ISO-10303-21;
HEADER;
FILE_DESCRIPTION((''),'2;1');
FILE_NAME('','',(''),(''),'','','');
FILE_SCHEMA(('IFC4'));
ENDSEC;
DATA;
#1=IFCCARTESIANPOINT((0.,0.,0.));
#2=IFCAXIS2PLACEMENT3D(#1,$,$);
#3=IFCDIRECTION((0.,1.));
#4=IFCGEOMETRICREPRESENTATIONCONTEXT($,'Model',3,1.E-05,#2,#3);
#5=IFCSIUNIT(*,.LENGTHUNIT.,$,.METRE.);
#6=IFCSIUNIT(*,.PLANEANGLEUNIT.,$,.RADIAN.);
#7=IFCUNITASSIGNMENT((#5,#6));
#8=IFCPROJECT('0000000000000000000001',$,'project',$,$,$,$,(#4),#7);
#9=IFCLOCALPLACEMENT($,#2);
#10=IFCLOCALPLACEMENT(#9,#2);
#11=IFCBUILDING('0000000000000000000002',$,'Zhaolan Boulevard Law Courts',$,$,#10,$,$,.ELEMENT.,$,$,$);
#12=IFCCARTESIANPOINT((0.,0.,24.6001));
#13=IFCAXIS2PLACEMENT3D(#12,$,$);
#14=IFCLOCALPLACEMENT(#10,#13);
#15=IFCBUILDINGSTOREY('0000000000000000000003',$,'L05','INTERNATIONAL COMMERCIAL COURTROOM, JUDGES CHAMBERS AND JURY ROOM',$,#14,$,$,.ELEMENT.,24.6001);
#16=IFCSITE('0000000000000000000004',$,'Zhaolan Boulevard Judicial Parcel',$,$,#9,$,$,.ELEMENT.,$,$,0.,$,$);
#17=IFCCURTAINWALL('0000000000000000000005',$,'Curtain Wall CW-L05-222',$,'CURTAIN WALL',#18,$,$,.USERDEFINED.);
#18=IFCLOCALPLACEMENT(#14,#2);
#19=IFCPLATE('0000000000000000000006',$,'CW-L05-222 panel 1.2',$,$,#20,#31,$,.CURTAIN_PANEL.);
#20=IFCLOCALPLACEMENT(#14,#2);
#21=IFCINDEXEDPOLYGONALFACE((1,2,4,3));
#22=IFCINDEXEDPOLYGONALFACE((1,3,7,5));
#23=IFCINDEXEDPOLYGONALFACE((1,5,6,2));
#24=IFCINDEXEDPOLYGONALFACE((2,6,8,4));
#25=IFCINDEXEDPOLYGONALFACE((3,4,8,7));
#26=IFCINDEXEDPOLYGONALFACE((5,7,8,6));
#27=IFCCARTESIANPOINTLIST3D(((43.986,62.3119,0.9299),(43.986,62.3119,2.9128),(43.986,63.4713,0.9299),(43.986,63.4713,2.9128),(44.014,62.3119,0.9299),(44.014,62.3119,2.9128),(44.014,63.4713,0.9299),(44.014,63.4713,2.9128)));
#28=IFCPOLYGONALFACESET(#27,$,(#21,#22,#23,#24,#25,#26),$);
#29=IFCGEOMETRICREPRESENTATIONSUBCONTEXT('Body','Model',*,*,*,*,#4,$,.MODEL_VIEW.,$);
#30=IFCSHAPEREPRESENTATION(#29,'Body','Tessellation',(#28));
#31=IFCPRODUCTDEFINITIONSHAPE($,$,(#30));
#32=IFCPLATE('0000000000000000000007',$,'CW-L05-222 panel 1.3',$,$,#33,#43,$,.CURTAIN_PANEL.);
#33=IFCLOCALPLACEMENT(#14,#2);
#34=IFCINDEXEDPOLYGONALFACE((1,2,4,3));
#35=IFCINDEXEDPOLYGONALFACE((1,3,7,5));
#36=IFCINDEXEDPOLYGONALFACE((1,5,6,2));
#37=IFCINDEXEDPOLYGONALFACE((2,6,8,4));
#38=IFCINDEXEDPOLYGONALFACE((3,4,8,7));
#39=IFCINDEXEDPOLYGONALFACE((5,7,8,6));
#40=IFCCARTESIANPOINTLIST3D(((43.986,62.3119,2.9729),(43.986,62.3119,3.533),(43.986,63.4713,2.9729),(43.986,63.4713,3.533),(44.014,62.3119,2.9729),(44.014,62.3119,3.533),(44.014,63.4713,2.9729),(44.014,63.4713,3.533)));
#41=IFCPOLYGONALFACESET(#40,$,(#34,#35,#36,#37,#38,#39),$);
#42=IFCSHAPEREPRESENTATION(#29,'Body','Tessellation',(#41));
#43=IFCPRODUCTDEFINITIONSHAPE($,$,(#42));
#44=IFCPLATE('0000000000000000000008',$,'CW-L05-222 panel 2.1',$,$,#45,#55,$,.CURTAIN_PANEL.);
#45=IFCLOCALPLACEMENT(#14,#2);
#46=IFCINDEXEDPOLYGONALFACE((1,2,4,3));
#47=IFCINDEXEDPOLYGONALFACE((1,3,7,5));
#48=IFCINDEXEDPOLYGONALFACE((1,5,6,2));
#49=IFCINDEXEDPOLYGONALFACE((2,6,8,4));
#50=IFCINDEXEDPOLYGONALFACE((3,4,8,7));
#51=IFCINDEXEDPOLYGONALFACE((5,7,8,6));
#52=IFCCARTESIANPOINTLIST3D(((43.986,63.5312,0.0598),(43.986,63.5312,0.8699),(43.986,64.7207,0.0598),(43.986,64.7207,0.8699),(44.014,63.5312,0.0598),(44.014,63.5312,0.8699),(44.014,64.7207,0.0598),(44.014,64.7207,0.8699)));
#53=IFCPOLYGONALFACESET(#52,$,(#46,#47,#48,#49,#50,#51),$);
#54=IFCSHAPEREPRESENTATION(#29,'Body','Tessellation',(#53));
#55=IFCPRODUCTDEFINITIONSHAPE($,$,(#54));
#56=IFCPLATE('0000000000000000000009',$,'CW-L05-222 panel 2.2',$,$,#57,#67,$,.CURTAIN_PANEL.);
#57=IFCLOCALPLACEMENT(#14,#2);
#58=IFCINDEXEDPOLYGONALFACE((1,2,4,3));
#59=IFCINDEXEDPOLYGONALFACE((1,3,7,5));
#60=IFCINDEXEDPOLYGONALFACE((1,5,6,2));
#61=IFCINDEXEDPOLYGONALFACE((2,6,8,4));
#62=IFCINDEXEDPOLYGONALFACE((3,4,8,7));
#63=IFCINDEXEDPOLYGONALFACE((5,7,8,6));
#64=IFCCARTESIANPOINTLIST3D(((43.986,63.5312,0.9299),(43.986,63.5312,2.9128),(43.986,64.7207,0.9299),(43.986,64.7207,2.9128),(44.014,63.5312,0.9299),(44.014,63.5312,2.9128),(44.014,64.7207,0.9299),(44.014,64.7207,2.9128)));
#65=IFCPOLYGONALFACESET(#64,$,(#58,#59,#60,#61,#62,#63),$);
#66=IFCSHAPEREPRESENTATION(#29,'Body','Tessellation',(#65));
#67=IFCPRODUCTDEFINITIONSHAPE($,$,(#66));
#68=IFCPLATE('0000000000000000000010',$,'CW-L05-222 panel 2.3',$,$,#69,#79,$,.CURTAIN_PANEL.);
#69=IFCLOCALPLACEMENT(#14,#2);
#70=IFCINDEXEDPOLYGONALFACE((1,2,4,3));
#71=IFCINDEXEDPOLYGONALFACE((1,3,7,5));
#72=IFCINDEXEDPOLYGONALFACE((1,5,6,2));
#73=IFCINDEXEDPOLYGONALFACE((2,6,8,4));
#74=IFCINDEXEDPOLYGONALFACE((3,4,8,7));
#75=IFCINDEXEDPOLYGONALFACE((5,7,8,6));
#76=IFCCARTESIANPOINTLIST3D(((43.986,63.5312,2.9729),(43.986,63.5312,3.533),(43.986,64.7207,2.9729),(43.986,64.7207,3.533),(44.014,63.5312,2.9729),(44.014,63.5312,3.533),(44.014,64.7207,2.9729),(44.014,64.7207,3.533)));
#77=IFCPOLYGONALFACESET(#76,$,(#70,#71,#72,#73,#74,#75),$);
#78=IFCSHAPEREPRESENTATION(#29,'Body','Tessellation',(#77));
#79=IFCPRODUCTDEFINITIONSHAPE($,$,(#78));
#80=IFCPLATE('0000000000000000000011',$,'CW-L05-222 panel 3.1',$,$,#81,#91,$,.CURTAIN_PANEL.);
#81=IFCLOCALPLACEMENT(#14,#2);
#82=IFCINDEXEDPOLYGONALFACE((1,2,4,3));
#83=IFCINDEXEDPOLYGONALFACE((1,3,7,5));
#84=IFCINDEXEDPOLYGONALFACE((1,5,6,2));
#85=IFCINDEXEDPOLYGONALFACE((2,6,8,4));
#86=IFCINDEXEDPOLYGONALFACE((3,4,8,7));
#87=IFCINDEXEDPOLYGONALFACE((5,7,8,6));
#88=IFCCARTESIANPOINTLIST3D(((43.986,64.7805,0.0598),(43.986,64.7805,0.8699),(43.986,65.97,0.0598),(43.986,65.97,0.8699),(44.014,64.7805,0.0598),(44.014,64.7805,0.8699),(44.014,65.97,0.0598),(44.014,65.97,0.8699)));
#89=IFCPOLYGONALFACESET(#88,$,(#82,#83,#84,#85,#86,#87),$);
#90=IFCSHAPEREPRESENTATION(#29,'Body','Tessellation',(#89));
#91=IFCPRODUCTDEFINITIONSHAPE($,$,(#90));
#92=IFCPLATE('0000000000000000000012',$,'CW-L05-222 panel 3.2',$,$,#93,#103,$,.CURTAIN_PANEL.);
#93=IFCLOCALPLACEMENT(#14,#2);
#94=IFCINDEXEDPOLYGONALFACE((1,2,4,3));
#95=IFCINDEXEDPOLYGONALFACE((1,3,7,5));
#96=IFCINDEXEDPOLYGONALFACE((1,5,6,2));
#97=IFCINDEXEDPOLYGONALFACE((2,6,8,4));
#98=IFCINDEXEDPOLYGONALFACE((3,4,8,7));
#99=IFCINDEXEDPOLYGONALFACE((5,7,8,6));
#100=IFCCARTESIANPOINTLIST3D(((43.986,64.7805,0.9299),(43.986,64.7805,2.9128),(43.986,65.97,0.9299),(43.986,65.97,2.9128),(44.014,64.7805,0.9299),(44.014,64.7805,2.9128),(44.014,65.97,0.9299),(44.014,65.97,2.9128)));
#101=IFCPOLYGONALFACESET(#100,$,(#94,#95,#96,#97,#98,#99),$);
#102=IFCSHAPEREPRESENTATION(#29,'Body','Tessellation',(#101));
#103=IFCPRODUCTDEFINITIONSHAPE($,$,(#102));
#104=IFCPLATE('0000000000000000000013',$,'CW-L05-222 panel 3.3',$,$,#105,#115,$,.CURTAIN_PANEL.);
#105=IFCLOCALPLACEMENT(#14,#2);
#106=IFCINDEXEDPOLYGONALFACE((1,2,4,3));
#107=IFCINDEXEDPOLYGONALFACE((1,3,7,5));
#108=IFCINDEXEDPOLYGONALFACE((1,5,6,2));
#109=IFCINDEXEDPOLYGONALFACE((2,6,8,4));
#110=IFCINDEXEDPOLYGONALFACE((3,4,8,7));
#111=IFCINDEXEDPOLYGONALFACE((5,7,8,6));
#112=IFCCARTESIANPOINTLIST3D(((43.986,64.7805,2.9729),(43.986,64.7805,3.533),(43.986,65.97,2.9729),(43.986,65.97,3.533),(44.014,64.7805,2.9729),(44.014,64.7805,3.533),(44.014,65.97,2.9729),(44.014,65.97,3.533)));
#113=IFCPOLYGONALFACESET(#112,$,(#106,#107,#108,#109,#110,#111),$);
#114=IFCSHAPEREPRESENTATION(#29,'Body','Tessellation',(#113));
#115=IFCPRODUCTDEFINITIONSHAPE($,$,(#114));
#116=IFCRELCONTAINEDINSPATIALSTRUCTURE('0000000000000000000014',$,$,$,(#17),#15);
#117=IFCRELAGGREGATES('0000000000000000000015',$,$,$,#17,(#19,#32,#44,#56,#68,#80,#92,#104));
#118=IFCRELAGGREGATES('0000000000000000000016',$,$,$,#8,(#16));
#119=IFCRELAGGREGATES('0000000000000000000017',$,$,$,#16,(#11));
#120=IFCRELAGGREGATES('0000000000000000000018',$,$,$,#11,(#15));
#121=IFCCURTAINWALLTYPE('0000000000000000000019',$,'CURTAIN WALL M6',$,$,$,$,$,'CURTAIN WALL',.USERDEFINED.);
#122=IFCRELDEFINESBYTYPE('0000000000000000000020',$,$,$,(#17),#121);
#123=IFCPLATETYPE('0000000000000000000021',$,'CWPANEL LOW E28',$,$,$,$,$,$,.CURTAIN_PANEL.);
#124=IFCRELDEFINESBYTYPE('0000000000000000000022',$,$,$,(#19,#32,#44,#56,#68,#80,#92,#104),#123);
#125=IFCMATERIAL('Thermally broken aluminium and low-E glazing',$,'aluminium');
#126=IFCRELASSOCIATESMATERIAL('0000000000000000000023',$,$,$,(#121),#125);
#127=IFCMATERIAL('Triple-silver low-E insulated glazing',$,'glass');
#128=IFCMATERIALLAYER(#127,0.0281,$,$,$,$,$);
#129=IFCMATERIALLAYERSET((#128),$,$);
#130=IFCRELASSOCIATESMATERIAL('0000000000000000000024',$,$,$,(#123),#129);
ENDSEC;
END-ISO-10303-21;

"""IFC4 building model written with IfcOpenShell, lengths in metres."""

from ifc_helpers import new_model, si_unit, direction, frame, origin, origin_2d, place, context, subcontext, project, spatial, rectangle, extrude, material, layer, layer_set, type_object, element, aggregate, save


model = new_model("IFC4")

# Units and contexts
model_context = context("Model", 3, precision=1e-05, world=origin(), true_north=direction((0.0, 1.0)))
body_context = subcontext(model_context, "Body", "Model", "MODEL_VIEW")
ifc_project = project(units=[si_unit("LENGTHUNIT", "METRE"), si_unit("PLANEANGLEUNIT", "RADIAN")], contexts=[model_context])

# Site, building, storey
site_placement = place(None, origin())
site = spatial("IfcSite", under=ifc_project, at=site_placement, Name="Zhaolan Boulevard Judicial Parcel", CompositionType="ELEMENT", RefElevation=0.0)
building_placement = place(site_placement, origin())
building = spatial("IfcBuilding", under=site, at=building_placement, Name="Zhaolan Boulevard Law Courts", CompositionType="ELEMENT")
storey_placement = place(building_placement, frame((0.0, 0.0, 24.6001)))
storey = spatial("IfcBuildingStorey", under=building, at=storey_placement, Name="L05", Description="INTERNATIONAL COMMERCIAL COURTROOM, JUDGES CHAMBERS AND JURY ROOM", CompositionType="ELEMENT", Elevation=24.6001)

# Curtain wall, plates
ifc_material_1 = material(Name="Thermally broken aluminium and low-E glazing", Category="aluminium")
curtain_wall_type = type_object("IfcCurtainWallType", Name="CURTAIN WALL M6", ElementType="CURTAIN WALL", PredefinedType="USERDEFINED", material=ifc_material_1)
curtain_wall_placement = place(storey_placement, origin())
curtain_wall = element("IfcCurtainWall", 1, at=curtain_wall_placement, inside=storey, type_object=curtain_wall_type, Name="Curtain Wall CW-L05-222", ObjectType="CURTAIN WALL", PredefinedType="USERDEFINED")
ifc_material_2 = material(Name="Triple-silver low-E insulated glazing", Category="glass")
ifc_layer = layer(ifc_material_2, 0.0281)
ifc_layer_set = layer_set([ifc_layer])
plate_type = type_object("IfcPlateType", Name="CWPANEL LOW E28", PredefinedType="CURTAIN_PANEL", material=ifc_layer_set)
plate_1_placement = place(storey_placement, frame((44.0, 62.8916, 0.9299), z_axis=(0.0, 0.0, 1.0), x_axis=(0.0, 1.0, 0.0)))
plate_1 = element("IfcPlate", 2, at=plate_1_placement, type_object=plate_type, Name="CW-L05-222 panel 1.2", PredefinedType="CURTAIN_PANEL", context=body_context, shape_type="SweptSolid", body=[
    extrude(rectangle(XDim=1.1594, YDim=0.0281, at=origin_2d()), origin(), (0.0, 0.0, 1.0), 1.9829),
])
plate_2_placement = place(storey_placement, frame((44.0, 62.8916, 2.9729), z_axis=(0.0, 0.0, 1.0), x_axis=(0.0, 1.0, 0.0)))
plate_2 = element("IfcPlate", 3, at=plate_2_placement, type_object=plate_type, Name="CW-L05-222 panel 1.3", PredefinedType="CURTAIN_PANEL", context=body_context, shape_type="SweptSolid", body=[
    extrude(rectangle(XDim=1.1594, YDim=0.0281, at=origin_2d()), origin(), (0.0, 0.0, 1.0), 0.5601),
])
plate_3_placement = place(storey_placement, frame((44.0, 64.126, 0.0598), z_axis=(0.0, 0.0, 1.0), x_axis=(0.0, 1.0, 0.0)))
plate_3 = element("IfcPlate", 4, at=plate_3_placement, type_object=plate_type, Name="CW-L05-222 panel 2.1", PredefinedType="CURTAIN_PANEL", context=body_context, shape_type="SweptSolid", body=[
    extrude(rectangle(XDim=1.1895, YDim=0.0281, at=origin_2d()), origin(), (0.0, 0.0, 1.0), 0.8101),
])
plate_4_placement = place(storey_placement, frame((44.0, 64.126, 0.9299), z_axis=(0.0, 0.0, 1.0), x_axis=(0.0, 1.0, 0.0)))
plate_4 = element("IfcPlate", 5, at=plate_4_placement, type_object=plate_type, Name="CW-L05-222 panel 2.2", PredefinedType="CURTAIN_PANEL", context=body_context, shape_type="SweptSolid", body=[
    extrude(rectangle(XDim=1.1895, YDim=0.0281, at=origin_2d()), origin(), (0.0, 0.0, 1.0), 1.9829),
])
plate_5_placement = place(storey_placement, frame((44.0, 64.126, 2.9729), z_axis=(0.0, 0.0, 1.0), x_axis=(0.0, 1.0, 0.0)))
plate_5 = element("IfcPlate", 6, at=plate_5_placement, type_object=plate_type, Name="CW-L05-222 panel 2.3", PredefinedType="CURTAIN_PANEL", context=body_context, shape_type="SweptSolid", body=[
    extrude(rectangle(XDim=1.1895, YDim=0.0281, at=origin_2d()), origin(), (0.0, 0.0, 1.0), 0.5601),
])
plate_6_placement = place(storey_placement, frame((44.0, 65.3752, 0.0598), z_axis=(0.0, 0.0, 1.0), x_axis=(0.0, 1.0, 0.0)))
plate_6 = element("IfcPlate", 7, at=plate_6_placement, type_object=plate_type, Name="CW-L05-222 panel 3.1", PredefinedType="CURTAIN_PANEL", context=body_context, shape_type="SweptSolid", body=[
    extrude(rectangle(XDim=1.1895, YDim=0.0281, at=origin_2d()), origin(), (0.0, 0.0, 1.0), 0.8101),
])
plate_7_placement = place(storey_placement, frame((44.0, 65.3752, 0.9299), z_axis=(0.0, 0.0, 1.0), x_axis=(0.0, 1.0, 0.0)))
plate_7 = element("IfcPlate", 8, at=plate_7_placement, type_object=plate_type, Name="CW-L05-222 panel 3.2", PredefinedType="CURTAIN_PANEL", context=body_context, shape_type="SweptSolid", body=[
    extrude(rectangle(XDim=1.1895, YDim=0.0281, at=origin_2d()), origin(), (0.0, 0.0, 1.0), 1.9829),
])
plate_8_placement = place(storey_placement, frame((44.0, 65.3752, 2.9729), z_axis=(0.0, 0.0, 1.0), x_axis=(0.0, 1.0, 0.0)))
plate_8 = element("IfcPlate", 9, at=plate_8_placement, type_object=plate_type, Name="CW-L05-222 panel 3.3", PredefinedType="CURTAIN_PANEL", context=body_context, shape_type="SweptSolid", body=[
    extrude(rectangle(XDim=1.1895, YDim=0.0281, at=origin_2d()), origin(), (0.0, 0.0, 1.0), 0.5601),
])
aggregate(curtain_wall, [plate_1, plate_2, plate_3, plate_4, plate_5, plate_6, plate_7, plate_8])

save(model, "model.ifc")
